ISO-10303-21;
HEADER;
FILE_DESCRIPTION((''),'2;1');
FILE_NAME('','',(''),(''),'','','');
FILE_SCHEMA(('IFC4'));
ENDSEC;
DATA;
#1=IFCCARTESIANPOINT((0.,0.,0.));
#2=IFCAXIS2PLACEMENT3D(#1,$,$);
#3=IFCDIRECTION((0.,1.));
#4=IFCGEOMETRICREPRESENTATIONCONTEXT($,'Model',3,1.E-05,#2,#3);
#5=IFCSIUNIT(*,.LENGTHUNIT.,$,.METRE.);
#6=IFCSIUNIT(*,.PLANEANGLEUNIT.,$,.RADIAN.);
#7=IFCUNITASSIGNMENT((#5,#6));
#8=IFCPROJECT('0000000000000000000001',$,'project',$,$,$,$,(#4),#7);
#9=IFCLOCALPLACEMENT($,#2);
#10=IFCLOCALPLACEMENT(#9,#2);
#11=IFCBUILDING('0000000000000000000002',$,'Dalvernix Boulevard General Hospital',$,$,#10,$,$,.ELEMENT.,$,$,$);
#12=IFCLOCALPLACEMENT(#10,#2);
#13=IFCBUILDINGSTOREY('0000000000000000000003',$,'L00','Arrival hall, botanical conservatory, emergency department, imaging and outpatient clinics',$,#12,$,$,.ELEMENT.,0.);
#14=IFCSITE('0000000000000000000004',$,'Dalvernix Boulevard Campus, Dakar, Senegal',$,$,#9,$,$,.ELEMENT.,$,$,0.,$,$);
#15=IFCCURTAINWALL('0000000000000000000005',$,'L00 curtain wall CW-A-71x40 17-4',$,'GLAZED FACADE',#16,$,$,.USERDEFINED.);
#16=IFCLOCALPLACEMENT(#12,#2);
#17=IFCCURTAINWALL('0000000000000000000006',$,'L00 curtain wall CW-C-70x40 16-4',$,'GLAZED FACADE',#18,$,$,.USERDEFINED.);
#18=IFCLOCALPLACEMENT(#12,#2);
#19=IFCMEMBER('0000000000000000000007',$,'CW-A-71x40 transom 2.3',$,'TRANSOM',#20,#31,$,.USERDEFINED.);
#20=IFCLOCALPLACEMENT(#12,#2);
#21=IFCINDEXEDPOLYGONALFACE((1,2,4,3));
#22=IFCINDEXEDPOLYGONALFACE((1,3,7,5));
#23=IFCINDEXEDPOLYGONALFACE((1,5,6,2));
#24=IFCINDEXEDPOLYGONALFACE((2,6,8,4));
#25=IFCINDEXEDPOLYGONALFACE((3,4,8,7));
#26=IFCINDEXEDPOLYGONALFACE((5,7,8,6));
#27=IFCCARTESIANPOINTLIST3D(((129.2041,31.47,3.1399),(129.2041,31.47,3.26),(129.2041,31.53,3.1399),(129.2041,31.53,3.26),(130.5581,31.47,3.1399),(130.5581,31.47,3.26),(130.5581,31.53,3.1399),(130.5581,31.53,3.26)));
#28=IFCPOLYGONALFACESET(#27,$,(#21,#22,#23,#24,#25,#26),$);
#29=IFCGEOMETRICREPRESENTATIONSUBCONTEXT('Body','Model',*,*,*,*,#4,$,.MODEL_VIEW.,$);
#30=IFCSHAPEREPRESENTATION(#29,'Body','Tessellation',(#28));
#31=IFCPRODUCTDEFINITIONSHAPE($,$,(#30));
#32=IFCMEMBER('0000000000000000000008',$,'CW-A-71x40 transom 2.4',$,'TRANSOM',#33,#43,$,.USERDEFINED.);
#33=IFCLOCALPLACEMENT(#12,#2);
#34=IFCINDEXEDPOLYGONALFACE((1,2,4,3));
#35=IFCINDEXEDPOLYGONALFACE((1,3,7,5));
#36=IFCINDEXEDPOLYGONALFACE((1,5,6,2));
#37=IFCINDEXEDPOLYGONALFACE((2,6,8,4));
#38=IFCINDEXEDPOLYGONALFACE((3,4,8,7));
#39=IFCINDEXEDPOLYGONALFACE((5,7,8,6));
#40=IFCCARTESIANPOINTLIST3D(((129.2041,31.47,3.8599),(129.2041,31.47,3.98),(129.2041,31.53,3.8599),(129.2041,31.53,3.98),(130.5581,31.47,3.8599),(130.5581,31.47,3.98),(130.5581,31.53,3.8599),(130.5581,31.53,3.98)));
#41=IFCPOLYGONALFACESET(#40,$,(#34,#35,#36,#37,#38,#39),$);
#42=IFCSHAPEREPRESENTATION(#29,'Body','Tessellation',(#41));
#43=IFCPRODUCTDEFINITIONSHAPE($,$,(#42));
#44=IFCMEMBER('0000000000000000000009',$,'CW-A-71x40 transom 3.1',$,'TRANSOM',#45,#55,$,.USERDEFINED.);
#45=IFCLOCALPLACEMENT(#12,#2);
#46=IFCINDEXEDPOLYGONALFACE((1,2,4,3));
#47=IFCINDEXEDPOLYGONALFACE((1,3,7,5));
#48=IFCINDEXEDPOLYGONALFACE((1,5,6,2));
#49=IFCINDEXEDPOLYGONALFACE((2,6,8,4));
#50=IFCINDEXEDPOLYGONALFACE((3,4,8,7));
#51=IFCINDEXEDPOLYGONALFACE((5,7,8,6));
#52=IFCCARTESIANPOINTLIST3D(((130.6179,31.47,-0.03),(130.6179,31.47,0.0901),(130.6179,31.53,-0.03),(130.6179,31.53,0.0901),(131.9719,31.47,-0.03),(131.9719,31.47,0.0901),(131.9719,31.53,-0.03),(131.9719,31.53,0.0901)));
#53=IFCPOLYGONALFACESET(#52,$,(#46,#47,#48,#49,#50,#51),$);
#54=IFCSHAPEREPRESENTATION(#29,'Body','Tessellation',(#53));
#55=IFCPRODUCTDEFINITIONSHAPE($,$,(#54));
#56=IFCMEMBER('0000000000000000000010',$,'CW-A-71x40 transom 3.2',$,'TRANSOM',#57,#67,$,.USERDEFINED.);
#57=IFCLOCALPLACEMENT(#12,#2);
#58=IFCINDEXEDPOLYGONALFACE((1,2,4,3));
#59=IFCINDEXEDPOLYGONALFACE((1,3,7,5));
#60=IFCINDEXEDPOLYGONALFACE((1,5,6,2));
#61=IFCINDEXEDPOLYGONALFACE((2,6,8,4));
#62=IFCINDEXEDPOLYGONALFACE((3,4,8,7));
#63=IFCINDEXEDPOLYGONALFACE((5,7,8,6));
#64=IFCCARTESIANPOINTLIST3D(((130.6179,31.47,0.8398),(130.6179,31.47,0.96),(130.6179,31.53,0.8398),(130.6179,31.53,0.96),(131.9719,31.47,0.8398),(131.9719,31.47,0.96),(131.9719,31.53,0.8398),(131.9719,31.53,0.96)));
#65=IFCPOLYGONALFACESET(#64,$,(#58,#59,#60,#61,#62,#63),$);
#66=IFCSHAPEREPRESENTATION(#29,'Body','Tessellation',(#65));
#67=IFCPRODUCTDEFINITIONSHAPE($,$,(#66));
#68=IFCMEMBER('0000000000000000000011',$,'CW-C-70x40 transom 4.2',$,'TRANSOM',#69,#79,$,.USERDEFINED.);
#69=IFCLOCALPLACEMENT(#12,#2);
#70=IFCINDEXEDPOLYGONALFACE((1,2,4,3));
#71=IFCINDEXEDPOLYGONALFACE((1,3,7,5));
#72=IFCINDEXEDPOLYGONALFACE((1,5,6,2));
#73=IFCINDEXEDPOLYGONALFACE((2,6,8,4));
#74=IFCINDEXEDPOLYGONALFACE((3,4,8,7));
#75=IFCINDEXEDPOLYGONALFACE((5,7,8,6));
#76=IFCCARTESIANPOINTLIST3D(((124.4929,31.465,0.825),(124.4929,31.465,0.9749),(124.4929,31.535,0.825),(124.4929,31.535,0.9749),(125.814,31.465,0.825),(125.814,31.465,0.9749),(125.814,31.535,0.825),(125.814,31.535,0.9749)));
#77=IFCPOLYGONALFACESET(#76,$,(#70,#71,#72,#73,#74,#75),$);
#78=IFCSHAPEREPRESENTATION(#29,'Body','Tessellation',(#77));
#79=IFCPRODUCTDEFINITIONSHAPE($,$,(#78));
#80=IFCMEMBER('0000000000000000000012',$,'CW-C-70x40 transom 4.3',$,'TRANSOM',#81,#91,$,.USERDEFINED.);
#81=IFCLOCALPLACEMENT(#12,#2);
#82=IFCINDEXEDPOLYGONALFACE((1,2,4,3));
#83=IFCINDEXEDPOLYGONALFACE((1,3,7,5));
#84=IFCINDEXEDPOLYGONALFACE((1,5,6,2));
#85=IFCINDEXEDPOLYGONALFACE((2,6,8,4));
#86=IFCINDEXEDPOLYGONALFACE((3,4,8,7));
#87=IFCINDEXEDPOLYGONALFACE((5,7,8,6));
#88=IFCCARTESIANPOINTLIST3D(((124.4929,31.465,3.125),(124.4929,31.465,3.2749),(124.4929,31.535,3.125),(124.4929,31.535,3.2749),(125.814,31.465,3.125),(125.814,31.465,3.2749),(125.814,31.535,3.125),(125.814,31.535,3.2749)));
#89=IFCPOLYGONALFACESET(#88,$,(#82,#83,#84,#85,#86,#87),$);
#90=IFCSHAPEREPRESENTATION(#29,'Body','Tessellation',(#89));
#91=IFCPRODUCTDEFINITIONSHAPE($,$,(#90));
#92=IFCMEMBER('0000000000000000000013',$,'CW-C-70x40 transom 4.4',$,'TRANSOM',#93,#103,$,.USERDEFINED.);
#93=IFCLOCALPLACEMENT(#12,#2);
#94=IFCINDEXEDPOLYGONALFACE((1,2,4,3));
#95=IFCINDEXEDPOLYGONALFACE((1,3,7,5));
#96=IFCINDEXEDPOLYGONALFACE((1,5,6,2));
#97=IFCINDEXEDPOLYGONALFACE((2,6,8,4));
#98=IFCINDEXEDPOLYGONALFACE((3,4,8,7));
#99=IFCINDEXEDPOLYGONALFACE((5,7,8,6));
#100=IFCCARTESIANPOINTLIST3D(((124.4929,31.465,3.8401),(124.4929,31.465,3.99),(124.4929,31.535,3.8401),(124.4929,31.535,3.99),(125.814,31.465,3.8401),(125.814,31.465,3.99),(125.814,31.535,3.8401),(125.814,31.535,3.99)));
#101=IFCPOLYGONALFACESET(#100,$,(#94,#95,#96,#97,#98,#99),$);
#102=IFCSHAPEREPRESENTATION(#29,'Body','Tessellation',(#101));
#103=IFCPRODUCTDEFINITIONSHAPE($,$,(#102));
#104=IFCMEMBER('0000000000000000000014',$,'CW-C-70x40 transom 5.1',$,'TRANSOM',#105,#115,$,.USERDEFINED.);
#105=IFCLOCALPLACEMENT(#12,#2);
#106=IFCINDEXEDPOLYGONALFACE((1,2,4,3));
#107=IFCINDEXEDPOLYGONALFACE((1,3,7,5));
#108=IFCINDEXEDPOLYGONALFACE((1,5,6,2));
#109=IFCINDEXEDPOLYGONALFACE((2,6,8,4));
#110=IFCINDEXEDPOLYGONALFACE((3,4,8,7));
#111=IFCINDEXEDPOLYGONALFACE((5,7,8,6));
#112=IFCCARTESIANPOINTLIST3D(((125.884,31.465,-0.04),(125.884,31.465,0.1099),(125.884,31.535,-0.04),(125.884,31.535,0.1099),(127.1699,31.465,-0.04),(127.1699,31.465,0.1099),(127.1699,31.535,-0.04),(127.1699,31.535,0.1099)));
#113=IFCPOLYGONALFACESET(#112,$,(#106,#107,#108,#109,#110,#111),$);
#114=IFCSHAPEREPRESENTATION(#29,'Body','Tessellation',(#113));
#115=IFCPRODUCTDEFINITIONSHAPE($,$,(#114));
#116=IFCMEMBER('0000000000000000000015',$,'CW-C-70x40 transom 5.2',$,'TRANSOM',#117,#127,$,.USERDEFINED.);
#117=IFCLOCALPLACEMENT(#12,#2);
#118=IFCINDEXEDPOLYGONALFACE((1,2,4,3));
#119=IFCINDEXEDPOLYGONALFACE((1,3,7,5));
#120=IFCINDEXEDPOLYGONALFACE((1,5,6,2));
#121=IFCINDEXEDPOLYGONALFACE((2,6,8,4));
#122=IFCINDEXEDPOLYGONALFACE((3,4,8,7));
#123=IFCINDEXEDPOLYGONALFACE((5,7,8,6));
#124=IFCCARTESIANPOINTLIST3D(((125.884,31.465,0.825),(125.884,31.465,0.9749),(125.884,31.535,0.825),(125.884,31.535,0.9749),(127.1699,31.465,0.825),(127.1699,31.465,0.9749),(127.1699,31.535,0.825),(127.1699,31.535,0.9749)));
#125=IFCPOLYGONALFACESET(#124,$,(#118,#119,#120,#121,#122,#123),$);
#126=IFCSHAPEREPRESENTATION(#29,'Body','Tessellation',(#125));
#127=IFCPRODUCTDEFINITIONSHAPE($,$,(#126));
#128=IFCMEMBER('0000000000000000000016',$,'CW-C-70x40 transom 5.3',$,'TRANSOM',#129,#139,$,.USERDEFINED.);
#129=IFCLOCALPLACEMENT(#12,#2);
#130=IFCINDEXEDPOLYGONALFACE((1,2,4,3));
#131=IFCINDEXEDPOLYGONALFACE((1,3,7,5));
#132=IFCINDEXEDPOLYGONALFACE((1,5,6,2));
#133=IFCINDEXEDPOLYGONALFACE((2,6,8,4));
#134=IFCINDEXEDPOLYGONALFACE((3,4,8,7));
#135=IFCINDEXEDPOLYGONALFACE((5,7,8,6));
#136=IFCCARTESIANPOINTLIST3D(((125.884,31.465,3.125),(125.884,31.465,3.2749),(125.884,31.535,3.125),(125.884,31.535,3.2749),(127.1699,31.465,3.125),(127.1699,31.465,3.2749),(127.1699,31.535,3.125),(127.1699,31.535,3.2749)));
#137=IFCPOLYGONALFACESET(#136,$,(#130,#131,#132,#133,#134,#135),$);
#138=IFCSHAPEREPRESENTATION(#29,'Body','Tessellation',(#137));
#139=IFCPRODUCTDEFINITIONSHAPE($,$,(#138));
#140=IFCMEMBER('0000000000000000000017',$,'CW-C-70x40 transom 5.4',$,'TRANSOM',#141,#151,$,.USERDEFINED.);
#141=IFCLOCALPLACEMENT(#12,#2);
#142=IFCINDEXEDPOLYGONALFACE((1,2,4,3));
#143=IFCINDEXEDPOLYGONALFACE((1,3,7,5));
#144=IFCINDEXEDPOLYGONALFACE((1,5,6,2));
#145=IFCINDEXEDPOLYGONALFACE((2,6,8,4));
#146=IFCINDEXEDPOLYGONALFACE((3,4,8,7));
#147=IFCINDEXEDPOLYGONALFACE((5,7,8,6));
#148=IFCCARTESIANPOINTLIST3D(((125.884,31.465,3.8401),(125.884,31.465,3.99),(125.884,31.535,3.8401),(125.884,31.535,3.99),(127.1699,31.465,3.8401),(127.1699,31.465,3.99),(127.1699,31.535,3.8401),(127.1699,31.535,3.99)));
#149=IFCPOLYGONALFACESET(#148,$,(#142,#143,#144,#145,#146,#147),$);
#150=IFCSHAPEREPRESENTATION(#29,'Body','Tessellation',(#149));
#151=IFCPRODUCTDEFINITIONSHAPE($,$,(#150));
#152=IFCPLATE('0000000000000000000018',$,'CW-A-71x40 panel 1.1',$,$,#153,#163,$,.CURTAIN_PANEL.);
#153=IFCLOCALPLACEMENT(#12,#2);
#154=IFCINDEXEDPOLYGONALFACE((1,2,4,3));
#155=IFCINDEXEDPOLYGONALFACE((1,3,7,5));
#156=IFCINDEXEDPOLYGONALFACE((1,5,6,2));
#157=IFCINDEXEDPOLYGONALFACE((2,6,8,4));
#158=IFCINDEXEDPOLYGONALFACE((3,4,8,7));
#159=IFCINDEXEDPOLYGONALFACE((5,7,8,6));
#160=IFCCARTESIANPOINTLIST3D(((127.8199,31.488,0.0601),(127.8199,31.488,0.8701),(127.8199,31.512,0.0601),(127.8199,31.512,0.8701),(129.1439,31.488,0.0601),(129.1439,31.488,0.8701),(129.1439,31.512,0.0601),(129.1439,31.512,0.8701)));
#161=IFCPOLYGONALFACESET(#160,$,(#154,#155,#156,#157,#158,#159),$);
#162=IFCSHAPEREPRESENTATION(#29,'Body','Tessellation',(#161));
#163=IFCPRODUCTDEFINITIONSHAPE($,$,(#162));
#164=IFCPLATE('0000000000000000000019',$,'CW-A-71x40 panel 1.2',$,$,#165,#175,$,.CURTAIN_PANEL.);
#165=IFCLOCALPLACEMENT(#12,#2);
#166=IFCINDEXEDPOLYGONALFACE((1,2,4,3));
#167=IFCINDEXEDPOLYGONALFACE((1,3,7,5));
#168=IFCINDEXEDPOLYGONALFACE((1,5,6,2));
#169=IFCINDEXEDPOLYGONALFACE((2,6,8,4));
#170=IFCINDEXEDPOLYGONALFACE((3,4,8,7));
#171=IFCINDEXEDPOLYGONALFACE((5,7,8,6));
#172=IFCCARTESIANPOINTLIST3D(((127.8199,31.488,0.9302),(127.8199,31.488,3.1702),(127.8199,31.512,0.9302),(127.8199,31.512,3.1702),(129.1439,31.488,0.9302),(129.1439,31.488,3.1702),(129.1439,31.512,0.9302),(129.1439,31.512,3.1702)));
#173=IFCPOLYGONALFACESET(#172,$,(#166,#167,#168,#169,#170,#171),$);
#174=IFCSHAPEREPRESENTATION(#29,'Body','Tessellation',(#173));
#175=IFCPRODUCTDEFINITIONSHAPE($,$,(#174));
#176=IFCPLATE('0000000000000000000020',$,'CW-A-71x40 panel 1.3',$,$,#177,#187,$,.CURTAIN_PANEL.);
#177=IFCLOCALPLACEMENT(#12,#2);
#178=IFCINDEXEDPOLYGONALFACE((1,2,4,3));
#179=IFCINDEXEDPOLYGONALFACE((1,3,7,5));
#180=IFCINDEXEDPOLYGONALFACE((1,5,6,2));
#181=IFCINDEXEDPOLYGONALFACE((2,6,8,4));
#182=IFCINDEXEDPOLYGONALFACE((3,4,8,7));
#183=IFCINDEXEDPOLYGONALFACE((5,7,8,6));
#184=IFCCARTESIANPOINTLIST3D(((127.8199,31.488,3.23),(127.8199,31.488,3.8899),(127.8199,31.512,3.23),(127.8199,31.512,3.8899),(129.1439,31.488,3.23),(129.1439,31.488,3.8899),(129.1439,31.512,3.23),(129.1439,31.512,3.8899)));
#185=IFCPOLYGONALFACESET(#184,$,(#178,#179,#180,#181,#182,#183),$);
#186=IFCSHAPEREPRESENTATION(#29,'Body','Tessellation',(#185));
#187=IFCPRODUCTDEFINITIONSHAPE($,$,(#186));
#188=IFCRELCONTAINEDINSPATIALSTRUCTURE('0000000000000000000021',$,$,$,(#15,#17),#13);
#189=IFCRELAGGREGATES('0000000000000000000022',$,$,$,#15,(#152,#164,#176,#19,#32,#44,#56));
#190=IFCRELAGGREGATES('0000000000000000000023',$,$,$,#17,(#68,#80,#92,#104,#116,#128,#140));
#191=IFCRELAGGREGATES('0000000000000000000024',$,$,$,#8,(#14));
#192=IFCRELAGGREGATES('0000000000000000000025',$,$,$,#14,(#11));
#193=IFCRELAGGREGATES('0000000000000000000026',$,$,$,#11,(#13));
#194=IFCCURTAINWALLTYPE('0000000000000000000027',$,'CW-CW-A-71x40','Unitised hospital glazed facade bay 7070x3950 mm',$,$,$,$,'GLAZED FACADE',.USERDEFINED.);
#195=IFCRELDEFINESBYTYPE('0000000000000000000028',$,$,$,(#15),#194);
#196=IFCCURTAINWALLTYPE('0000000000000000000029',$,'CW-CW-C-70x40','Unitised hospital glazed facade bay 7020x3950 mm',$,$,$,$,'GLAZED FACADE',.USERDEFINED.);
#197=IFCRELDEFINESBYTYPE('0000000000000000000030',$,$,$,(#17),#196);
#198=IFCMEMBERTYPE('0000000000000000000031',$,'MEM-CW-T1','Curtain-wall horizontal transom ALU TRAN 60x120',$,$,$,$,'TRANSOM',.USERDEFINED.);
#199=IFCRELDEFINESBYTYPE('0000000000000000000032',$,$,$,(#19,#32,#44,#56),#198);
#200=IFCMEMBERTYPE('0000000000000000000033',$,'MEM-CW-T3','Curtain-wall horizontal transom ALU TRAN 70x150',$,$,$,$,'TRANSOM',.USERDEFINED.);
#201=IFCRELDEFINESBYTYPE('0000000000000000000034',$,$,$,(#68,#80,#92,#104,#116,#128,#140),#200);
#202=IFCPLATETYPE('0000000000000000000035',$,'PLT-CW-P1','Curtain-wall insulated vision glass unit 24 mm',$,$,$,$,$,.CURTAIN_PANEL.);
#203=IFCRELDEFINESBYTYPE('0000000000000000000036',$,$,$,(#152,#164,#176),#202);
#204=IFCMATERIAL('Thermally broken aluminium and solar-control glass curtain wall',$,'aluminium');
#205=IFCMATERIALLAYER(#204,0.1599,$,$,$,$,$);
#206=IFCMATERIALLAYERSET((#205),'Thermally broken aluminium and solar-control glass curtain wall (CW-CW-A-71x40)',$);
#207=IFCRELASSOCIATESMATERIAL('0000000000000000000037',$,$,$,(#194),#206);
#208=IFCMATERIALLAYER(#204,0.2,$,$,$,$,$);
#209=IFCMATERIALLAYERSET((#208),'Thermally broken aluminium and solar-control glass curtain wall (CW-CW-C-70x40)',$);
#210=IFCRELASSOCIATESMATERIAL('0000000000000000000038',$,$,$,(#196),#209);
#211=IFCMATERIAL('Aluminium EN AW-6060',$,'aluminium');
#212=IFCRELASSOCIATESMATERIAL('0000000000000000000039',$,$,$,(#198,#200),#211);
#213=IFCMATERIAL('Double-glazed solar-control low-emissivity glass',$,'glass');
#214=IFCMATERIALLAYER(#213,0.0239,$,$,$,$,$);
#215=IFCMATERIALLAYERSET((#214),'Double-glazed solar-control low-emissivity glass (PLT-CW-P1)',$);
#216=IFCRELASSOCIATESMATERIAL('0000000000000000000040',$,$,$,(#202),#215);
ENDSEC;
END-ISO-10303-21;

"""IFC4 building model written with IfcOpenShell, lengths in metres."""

from ifc_helpers import new_model, si_unit, direction, frame, origin, origin_2d, place, context, subcontext, project, spatial, rectangle, extrude, material, layer, layer_set, material_profile, profile_set, type_object, element, aggregate, save


model = new_model("IFC4")

# Units and contexts
model_context = context("Model", 3, precision=1e-05, world=origin(), true_north=direction((0.0, 1.0)))
body_context = subcontext(model_context, "Body", "Model", "MODEL_VIEW")
ifc_project = project(units=[si_unit("LENGTHUNIT", "METRE"), si_unit("PLANEANGLEUNIT", "RADIAN")], contexts=[model_context])

# Site, building, storey
site_placement = place(None, origin())
site = spatial("IfcSite", under=ifc_project, at=site_placement, Name="Dalvernix Boulevard Campus, Dakar, Senegal", CompositionType="ELEMENT", RefElevation=0.0)
building_placement = place(site_placement, origin())
building = spatial("IfcBuilding", under=site, at=building_placement, Name="Dalvernix Boulevard General Hospital", CompositionType="ELEMENT")
storey_placement = place(building_placement, origin())
storey = spatial("IfcBuildingStorey", under=building, at=storey_placement, Name="L00", Description="Arrival hall, botanical conservatory, emergency department, imaging and outpatient clinics", CompositionType="ELEMENT", Elevation=0.0)

# Curtain walls
ifc_material_1 = material(Name="Thermally broken aluminium and solar-control glass curtain wall", Category="aluminium")
ifc_layer_1 = layer(ifc_material_1, 0.1599)
ifc_layer_set_1 = layer_set([ifc_layer_1], Name="Thermally broken aluminium and solar-control glass curtain wall (CW-CW-A-71x40)")
curtain_wall_type_1 = type_object("IfcCurtainWallType", Name="CW-CW-A-71x40", Description="Unitised hospital glazed facade bay 7070x3950 mm", ElementType="GLAZED FACADE", PredefinedType="USERDEFINED", material=ifc_layer_set_1)
curtain_wall_1_placement = place(storey_placement, origin())
curtain_wall_1 = element("IfcCurtainWall", 1, at=curtain_wall_1_placement, inside=storey, type_object=curtain_wall_type_1, Name="L00 curtain wall CW-A-71x40 17-4", ObjectType="GLAZED FACADE", PredefinedType="USERDEFINED")
ifc_material_2 = material(Name="Aluminium EN AW-6060", Category="aluminium")
ifc_layer_2 = layer(ifc_material_1, 0.2)
ifc_layer_set_2 = layer_set([ifc_layer_2], Name="Thermally broken aluminium and solar-control glass curtain wall (CW-CW-C-70x40)")
curtain_wall_type_2 = type_object("IfcCurtainWallType", Name="CW-CW-C-70x40", Description="Unitised hospital glazed facade bay 7020x3950 mm", ElementType="GLAZED FACADE", PredefinedType="USERDEFINED", material=ifc_layer_set_2)
curtain_wall_2_placement = place(storey_placement, origin())
curtain_wall_2 = element("IfcCurtainWall", 2, at=curtain_wall_2_placement, inside=storey, type_object=curtain_wall_type_2, Name="L00 curtain wall CW-C-70x40 16-4", ObjectType="GLAZED FACADE", PredefinedType="USERDEFINED")

# Members
ifc_material_profile_1 = material_profile(ifc_material_2, rectangle(XDim=0.0601, YDim=0.1201, at=origin_2d()), Name="ALU TRAN 60x120")
ifc_profile_set_1 = profile_set([ifc_material_profile_1], Name="Aluminium EN AW-6060")
member_type_1 = type_object("IfcMemberType", Name="MEM-CW-T1", Description="Curtain-wall horizontal transom ALU TRAN 60x120", ElementType="TRANSOM", PredefinedType="USERDEFINED", material=ifc_profile_set_1)
member_1_placement = place(storey_placement, frame((129.2041, 31.5, 3.2), z_axis=(1.0, 0.0, 0.0), x_axis=(0.0, 1.0, 0.0)))
member_1 = element("IfcMember", 3, at=member_1_placement, type_object=member_type_1, Name="CW-A-71x40 transom 2.3", ObjectType="TRANSOM", PredefinedType="USERDEFINED", context=body_context, shape_type="SweptSolid", body=[
    extrude(rectangle(XDim=0.0601, YDim=0.1201, at=origin_2d()), origin(), (0.0, 0.0, 1.0), 1.354),
])
member_2_placement = place(storey_placement, frame((129.2041, 31.5, 3.9199), z_axis=(1.0, 0.0, 0.0), x_axis=(0.0, 1.0, 0.0)))
member_2 = element("IfcMember", 4, at=member_2_placement, type_object=member_type_1, Name="CW-A-71x40 transom 2.4", ObjectType="TRANSOM", PredefinedType="USERDEFINED", context=body_context, shape_type="SweptSolid", body=[
    extrude(rectangle(XDim=0.0601, YDim=0.1201, at=origin_2d()), origin(), (0.0, 0.0, 1.0), 1.354),
])
member_3_placement = place(storey_placement, frame((130.6179, 31.5, 0.03), z_axis=(1.0, 0.0, 0.0), x_axis=(0.0, 1.0, 0.0)))
member_3 = element("IfcMember", 5, at=member_3_placement, type_object=member_type_1, Name="CW-A-71x40 transom 3.1", ObjectType="TRANSOM", PredefinedType="USERDEFINED", context=body_context, shape_type="SweptSolid", body=[
    extrude(rectangle(XDim=0.0601, YDim=0.1201, at=origin_2d()), origin(), (0.0, 0.0, 1.0), 1.354),
])
member_4_placement = place(storey_placement, frame((130.6179, 31.5, 0.8999), z_axis=(1.0, 0.0, 0.0), x_axis=(0.0, 1.0, 0.0)))
member_4 = element("IfcMember", 6, at=member_4_placement, type_object=member_type_1, Name="CW-A-71x40 transom 3.2", ObjectType="TRANSOM", PredefinedType="USERDEFINED", context=body_context, shape_type="SweptSolid", body=[
    extrude(rectangle(XDim=0.0601, YDim=0.1201, at=origin_2d()), origin(), (0.0, 0.0, 1.0), 1.354),
])
ifc_material_profile_2 = material_profile(ifc_material_2, rectangle(XDim=0.0701, YDim=0.1499, at=origin_2d()), Name="ALU TRAN 70x150")
ifc_profile_set_2 = profile_set([ifc_material_profile_2], Name="Aluminium EN AW-6060")
member_type_2 = type_object("IfcMemberType", Name="MEM-CW-T3", Description="Curtain-wall horizontal transom ALU TRAN 70x150", ElementType="TRANSOM", PredefinedType="USERDEFINED", material=ifc_profile_set_2)
member_5_placement = place(storey_placement, frame((124.4929, 31.5, 0.8999), z_axis=(1.0, 0.0, 0.0), x_axis=(0.0, 1.0, 0.0)))
member_5 = element("IfcMember", 7, at=member_5_placement, type_object=member_type_2, Name="CW-C-70x40 transom 4.2", ObjectType="TRANSOM", PredefinedType="USERDEFINED", context=body_context, shape_type="SweptSolid", body=[
    extrude(rectangle(XDim=0.0701, YDim=0.1499, at=origin_2d()), origin(), (0.0, 0.0, 1.0), 1.321),
])
member_6_placement = place(storey_placement, frame((124.4929, 31.5, 3.2), z_axis=(1.0, 0.0, 0.0), x_axis=(0.0, 1.0, 0.0)))
member_6 = element("IfcMember", 8, at=member_6_placement, type_object=member_type_2, Name="CW-C-70x40 transom 4.3", ObjectType="TRANSOM", PredefinedType="USERDEFINED", context=body_context, shape_type="SweptSolid", body=[
    extrude(rectangle(XDim=0.0701, YDim=0.1499, at=origin_2d()), origin(), (0.0, 0.0, 1.0), 1.321),
])
member_7_placement = place(storey_placement, frame((124.4929, 31.5, 3.915), z_axis=(1.0, 0.0, 0.0), x_axis=(0.0, 1.0, 0.0)))
member_7 = element("IfcMember", 9, at=member_7_placement, type_object=member_type_2, Name="CW-C-70x40 transom 4.4", ObjectType="TRANSOM", PredefinedType="USERDEFINED", context=body_context, shape_type="SweptSolid", body=[
    extrude(rectangle(XDim=0.0701, YDim=0.1499, at=origin_2d()), origin(), (0.0, 0.0, 1.0), 1.321),
])
member_8_placement = place(storey_placement, frame((125.884, 31.5, 0.0349), z_axis=(1.0, 0.0, 0.0), x_axis=(0.0, 1.0, 0.0)))
member_8 = element("IfcMember", 10, at=member_8_placement, type_object=member_type_2, Name="CW-C-70x40 transom 5.1", ObjectType="TRANSOM", PredefinedType="USERDEFINED", context=body_context, shape_type="SweptSolid", body=[
    extrude(rectangle(XDim=0.0701, YDim=0.1499, at=origin_2d()), origin(), (0.0, 0.0, 1.0), 1.2859),
])
member_9_placement = place(storey_placement, frame((125.884, 31.5, 0.8999), z_axis=(1.0, 0.0, 0.0), x_axis=(0.0, 1.0, 0.0)))
member_9 = element("IfcMember", 11, at=member_9_placement, type_object=member_type_2, Name="CW-C-70x40 transom 5.2", ObjectType="TRANSOM", PredefinedType="USERDEFINED", context=body_context, shape_type="SweptSolid", body=[
    extrude(rectangle(XDim=0.0701, YDim=0.1499, at=origin_2d()), origin(), (0.0, 0.0, 1.0), 1.2859),
])
member_10_placement = place(storey_placement, frame((125.884, 31.5, 3.2), z_axis=(1.0, 0.0, 0.0), x_axis=(0.0, 1.0, 0.0)))
member_10 = element("IfcMember", 12, at=member_10_placement, type_object=member_type_2, Name="CW-C-70x40 transom 5.3", ObjectType="TRANSOM", PredefinedType="USERDEFINED", context=body_context, shape_type="SweptSolid", body=[
    extrude(rectangle(XDim=0.0701, YDim=0.1499, at=origin_2d()), origin(), (0.0, 0.0, 1.0), 1.2859),
])
member_11_placement = place(storey_placement, frame((125.884, 31.5, 3.915), z_axis=(1.0, 0.0, 0.0), x_axis=(0.0, 1.0, 0.0)))
member_11 = element("IfcMember", 13, at=member_11_placement, type_object=member_type_2, Name="CW-C-70x40 transom 5.4", ObjectType="TRANSOM", PredefinedType="USERDEFINED", context=body_context, shape_type="SweptSolid", body=[
    extrude(rectangle(XDim=0.0701, YDim=0.1499, at=origin_2d()), origin(), (0.0, 0.0, 1.0), 1.2859),
])

# Plates
ifc_material_3 = material(Name="Double-glazed solar-control low-emissivity glass", Category="glass")
ifc_layer_3 = layer(ifc_material_3, 0.0239)
ifc_layer_set_3 = layer_set([ifc_layer_3], Name="Double-glazed solar-control low-emissivity glass (PLT-CW-P1)")
plate_type_1 = type_object("IfcPlateType", Name="PLT-CW-P1", Description="Curtain-wall insulated vision glass unit 24 mm", PredefinedType="CURTAIN_PANEL", material=ifc_layer_set_3)
plate_1_placement = place(storey_placement, frame((128.4819, 31.5, 0.0601), z_axis=(0.0, 0.0, 1.0), x_axis=(1.0, 0.0, 0.0)))
plate_1 = element("IfcPlate", 14, at=plate_1_placement, type_object=plate_type_1, Name="CW-A-71x40 panel 1.1", PredefinedType="CURTAIN_PANEL", context=body_context, shape_type="SweptSolid", body=[
    extrude(rectangle(XDim=1.324, YDim=0.0239, at=origin_2d()), origin(), (0.0, 0.0, 1.0), 0.8101),
])
plate_2_placement = place(storey_placement, frame((128.4819, 31.5, 0.9302), z_axis=(0.0, 0.0, 1.0), x_axis=(1.0, 0.0, 0.0)))
plate_2 = element("IfcPlate", 15, at=plate_2_placement, type_object=plate_type_1, Name="CW-A-71x40 panel 1.2", PredefinedType="CURTAIN_PANEL", context=body_context, shape_type="SweptSolid", body=[
    extrude(rectangle(XDim=1.324, YDim=0.0239, at=origin_2d()), origin(), (0.0, 0.0, 1.0), 2.24),
])
plate_3_placement = place(storey_placement, frame((128.4819, 31.5, 3.23), z_axis=(0.0, 0.0, 1.0), x_axis=(1.0, 0.0, 0.0)))
plate_3 = element("IfcPlate", 16, at=plate_3_placement, type_object=plate_type_1, Name="CW-A-71x40 panel 1.3", PredefinedType="CURTAIN_PANEL", context=body_context, shape_type="SweptSolid", body=[
    extrude(rectangle(XDim=1.324, YDim=0.0239, at=origin_2d()), origin(), (0.0, 0.0, 1.0), 0.6599),
])
aggregate(curtain_wall_1, [plate_1, plate_2, plate_3, member_1, member_2, member_3, member_4])
aggregate(curtain_wall_2, [member_5, member_6, member_7, member_8, member_9, member_10, member_11])

save(model, "model.ifc")
